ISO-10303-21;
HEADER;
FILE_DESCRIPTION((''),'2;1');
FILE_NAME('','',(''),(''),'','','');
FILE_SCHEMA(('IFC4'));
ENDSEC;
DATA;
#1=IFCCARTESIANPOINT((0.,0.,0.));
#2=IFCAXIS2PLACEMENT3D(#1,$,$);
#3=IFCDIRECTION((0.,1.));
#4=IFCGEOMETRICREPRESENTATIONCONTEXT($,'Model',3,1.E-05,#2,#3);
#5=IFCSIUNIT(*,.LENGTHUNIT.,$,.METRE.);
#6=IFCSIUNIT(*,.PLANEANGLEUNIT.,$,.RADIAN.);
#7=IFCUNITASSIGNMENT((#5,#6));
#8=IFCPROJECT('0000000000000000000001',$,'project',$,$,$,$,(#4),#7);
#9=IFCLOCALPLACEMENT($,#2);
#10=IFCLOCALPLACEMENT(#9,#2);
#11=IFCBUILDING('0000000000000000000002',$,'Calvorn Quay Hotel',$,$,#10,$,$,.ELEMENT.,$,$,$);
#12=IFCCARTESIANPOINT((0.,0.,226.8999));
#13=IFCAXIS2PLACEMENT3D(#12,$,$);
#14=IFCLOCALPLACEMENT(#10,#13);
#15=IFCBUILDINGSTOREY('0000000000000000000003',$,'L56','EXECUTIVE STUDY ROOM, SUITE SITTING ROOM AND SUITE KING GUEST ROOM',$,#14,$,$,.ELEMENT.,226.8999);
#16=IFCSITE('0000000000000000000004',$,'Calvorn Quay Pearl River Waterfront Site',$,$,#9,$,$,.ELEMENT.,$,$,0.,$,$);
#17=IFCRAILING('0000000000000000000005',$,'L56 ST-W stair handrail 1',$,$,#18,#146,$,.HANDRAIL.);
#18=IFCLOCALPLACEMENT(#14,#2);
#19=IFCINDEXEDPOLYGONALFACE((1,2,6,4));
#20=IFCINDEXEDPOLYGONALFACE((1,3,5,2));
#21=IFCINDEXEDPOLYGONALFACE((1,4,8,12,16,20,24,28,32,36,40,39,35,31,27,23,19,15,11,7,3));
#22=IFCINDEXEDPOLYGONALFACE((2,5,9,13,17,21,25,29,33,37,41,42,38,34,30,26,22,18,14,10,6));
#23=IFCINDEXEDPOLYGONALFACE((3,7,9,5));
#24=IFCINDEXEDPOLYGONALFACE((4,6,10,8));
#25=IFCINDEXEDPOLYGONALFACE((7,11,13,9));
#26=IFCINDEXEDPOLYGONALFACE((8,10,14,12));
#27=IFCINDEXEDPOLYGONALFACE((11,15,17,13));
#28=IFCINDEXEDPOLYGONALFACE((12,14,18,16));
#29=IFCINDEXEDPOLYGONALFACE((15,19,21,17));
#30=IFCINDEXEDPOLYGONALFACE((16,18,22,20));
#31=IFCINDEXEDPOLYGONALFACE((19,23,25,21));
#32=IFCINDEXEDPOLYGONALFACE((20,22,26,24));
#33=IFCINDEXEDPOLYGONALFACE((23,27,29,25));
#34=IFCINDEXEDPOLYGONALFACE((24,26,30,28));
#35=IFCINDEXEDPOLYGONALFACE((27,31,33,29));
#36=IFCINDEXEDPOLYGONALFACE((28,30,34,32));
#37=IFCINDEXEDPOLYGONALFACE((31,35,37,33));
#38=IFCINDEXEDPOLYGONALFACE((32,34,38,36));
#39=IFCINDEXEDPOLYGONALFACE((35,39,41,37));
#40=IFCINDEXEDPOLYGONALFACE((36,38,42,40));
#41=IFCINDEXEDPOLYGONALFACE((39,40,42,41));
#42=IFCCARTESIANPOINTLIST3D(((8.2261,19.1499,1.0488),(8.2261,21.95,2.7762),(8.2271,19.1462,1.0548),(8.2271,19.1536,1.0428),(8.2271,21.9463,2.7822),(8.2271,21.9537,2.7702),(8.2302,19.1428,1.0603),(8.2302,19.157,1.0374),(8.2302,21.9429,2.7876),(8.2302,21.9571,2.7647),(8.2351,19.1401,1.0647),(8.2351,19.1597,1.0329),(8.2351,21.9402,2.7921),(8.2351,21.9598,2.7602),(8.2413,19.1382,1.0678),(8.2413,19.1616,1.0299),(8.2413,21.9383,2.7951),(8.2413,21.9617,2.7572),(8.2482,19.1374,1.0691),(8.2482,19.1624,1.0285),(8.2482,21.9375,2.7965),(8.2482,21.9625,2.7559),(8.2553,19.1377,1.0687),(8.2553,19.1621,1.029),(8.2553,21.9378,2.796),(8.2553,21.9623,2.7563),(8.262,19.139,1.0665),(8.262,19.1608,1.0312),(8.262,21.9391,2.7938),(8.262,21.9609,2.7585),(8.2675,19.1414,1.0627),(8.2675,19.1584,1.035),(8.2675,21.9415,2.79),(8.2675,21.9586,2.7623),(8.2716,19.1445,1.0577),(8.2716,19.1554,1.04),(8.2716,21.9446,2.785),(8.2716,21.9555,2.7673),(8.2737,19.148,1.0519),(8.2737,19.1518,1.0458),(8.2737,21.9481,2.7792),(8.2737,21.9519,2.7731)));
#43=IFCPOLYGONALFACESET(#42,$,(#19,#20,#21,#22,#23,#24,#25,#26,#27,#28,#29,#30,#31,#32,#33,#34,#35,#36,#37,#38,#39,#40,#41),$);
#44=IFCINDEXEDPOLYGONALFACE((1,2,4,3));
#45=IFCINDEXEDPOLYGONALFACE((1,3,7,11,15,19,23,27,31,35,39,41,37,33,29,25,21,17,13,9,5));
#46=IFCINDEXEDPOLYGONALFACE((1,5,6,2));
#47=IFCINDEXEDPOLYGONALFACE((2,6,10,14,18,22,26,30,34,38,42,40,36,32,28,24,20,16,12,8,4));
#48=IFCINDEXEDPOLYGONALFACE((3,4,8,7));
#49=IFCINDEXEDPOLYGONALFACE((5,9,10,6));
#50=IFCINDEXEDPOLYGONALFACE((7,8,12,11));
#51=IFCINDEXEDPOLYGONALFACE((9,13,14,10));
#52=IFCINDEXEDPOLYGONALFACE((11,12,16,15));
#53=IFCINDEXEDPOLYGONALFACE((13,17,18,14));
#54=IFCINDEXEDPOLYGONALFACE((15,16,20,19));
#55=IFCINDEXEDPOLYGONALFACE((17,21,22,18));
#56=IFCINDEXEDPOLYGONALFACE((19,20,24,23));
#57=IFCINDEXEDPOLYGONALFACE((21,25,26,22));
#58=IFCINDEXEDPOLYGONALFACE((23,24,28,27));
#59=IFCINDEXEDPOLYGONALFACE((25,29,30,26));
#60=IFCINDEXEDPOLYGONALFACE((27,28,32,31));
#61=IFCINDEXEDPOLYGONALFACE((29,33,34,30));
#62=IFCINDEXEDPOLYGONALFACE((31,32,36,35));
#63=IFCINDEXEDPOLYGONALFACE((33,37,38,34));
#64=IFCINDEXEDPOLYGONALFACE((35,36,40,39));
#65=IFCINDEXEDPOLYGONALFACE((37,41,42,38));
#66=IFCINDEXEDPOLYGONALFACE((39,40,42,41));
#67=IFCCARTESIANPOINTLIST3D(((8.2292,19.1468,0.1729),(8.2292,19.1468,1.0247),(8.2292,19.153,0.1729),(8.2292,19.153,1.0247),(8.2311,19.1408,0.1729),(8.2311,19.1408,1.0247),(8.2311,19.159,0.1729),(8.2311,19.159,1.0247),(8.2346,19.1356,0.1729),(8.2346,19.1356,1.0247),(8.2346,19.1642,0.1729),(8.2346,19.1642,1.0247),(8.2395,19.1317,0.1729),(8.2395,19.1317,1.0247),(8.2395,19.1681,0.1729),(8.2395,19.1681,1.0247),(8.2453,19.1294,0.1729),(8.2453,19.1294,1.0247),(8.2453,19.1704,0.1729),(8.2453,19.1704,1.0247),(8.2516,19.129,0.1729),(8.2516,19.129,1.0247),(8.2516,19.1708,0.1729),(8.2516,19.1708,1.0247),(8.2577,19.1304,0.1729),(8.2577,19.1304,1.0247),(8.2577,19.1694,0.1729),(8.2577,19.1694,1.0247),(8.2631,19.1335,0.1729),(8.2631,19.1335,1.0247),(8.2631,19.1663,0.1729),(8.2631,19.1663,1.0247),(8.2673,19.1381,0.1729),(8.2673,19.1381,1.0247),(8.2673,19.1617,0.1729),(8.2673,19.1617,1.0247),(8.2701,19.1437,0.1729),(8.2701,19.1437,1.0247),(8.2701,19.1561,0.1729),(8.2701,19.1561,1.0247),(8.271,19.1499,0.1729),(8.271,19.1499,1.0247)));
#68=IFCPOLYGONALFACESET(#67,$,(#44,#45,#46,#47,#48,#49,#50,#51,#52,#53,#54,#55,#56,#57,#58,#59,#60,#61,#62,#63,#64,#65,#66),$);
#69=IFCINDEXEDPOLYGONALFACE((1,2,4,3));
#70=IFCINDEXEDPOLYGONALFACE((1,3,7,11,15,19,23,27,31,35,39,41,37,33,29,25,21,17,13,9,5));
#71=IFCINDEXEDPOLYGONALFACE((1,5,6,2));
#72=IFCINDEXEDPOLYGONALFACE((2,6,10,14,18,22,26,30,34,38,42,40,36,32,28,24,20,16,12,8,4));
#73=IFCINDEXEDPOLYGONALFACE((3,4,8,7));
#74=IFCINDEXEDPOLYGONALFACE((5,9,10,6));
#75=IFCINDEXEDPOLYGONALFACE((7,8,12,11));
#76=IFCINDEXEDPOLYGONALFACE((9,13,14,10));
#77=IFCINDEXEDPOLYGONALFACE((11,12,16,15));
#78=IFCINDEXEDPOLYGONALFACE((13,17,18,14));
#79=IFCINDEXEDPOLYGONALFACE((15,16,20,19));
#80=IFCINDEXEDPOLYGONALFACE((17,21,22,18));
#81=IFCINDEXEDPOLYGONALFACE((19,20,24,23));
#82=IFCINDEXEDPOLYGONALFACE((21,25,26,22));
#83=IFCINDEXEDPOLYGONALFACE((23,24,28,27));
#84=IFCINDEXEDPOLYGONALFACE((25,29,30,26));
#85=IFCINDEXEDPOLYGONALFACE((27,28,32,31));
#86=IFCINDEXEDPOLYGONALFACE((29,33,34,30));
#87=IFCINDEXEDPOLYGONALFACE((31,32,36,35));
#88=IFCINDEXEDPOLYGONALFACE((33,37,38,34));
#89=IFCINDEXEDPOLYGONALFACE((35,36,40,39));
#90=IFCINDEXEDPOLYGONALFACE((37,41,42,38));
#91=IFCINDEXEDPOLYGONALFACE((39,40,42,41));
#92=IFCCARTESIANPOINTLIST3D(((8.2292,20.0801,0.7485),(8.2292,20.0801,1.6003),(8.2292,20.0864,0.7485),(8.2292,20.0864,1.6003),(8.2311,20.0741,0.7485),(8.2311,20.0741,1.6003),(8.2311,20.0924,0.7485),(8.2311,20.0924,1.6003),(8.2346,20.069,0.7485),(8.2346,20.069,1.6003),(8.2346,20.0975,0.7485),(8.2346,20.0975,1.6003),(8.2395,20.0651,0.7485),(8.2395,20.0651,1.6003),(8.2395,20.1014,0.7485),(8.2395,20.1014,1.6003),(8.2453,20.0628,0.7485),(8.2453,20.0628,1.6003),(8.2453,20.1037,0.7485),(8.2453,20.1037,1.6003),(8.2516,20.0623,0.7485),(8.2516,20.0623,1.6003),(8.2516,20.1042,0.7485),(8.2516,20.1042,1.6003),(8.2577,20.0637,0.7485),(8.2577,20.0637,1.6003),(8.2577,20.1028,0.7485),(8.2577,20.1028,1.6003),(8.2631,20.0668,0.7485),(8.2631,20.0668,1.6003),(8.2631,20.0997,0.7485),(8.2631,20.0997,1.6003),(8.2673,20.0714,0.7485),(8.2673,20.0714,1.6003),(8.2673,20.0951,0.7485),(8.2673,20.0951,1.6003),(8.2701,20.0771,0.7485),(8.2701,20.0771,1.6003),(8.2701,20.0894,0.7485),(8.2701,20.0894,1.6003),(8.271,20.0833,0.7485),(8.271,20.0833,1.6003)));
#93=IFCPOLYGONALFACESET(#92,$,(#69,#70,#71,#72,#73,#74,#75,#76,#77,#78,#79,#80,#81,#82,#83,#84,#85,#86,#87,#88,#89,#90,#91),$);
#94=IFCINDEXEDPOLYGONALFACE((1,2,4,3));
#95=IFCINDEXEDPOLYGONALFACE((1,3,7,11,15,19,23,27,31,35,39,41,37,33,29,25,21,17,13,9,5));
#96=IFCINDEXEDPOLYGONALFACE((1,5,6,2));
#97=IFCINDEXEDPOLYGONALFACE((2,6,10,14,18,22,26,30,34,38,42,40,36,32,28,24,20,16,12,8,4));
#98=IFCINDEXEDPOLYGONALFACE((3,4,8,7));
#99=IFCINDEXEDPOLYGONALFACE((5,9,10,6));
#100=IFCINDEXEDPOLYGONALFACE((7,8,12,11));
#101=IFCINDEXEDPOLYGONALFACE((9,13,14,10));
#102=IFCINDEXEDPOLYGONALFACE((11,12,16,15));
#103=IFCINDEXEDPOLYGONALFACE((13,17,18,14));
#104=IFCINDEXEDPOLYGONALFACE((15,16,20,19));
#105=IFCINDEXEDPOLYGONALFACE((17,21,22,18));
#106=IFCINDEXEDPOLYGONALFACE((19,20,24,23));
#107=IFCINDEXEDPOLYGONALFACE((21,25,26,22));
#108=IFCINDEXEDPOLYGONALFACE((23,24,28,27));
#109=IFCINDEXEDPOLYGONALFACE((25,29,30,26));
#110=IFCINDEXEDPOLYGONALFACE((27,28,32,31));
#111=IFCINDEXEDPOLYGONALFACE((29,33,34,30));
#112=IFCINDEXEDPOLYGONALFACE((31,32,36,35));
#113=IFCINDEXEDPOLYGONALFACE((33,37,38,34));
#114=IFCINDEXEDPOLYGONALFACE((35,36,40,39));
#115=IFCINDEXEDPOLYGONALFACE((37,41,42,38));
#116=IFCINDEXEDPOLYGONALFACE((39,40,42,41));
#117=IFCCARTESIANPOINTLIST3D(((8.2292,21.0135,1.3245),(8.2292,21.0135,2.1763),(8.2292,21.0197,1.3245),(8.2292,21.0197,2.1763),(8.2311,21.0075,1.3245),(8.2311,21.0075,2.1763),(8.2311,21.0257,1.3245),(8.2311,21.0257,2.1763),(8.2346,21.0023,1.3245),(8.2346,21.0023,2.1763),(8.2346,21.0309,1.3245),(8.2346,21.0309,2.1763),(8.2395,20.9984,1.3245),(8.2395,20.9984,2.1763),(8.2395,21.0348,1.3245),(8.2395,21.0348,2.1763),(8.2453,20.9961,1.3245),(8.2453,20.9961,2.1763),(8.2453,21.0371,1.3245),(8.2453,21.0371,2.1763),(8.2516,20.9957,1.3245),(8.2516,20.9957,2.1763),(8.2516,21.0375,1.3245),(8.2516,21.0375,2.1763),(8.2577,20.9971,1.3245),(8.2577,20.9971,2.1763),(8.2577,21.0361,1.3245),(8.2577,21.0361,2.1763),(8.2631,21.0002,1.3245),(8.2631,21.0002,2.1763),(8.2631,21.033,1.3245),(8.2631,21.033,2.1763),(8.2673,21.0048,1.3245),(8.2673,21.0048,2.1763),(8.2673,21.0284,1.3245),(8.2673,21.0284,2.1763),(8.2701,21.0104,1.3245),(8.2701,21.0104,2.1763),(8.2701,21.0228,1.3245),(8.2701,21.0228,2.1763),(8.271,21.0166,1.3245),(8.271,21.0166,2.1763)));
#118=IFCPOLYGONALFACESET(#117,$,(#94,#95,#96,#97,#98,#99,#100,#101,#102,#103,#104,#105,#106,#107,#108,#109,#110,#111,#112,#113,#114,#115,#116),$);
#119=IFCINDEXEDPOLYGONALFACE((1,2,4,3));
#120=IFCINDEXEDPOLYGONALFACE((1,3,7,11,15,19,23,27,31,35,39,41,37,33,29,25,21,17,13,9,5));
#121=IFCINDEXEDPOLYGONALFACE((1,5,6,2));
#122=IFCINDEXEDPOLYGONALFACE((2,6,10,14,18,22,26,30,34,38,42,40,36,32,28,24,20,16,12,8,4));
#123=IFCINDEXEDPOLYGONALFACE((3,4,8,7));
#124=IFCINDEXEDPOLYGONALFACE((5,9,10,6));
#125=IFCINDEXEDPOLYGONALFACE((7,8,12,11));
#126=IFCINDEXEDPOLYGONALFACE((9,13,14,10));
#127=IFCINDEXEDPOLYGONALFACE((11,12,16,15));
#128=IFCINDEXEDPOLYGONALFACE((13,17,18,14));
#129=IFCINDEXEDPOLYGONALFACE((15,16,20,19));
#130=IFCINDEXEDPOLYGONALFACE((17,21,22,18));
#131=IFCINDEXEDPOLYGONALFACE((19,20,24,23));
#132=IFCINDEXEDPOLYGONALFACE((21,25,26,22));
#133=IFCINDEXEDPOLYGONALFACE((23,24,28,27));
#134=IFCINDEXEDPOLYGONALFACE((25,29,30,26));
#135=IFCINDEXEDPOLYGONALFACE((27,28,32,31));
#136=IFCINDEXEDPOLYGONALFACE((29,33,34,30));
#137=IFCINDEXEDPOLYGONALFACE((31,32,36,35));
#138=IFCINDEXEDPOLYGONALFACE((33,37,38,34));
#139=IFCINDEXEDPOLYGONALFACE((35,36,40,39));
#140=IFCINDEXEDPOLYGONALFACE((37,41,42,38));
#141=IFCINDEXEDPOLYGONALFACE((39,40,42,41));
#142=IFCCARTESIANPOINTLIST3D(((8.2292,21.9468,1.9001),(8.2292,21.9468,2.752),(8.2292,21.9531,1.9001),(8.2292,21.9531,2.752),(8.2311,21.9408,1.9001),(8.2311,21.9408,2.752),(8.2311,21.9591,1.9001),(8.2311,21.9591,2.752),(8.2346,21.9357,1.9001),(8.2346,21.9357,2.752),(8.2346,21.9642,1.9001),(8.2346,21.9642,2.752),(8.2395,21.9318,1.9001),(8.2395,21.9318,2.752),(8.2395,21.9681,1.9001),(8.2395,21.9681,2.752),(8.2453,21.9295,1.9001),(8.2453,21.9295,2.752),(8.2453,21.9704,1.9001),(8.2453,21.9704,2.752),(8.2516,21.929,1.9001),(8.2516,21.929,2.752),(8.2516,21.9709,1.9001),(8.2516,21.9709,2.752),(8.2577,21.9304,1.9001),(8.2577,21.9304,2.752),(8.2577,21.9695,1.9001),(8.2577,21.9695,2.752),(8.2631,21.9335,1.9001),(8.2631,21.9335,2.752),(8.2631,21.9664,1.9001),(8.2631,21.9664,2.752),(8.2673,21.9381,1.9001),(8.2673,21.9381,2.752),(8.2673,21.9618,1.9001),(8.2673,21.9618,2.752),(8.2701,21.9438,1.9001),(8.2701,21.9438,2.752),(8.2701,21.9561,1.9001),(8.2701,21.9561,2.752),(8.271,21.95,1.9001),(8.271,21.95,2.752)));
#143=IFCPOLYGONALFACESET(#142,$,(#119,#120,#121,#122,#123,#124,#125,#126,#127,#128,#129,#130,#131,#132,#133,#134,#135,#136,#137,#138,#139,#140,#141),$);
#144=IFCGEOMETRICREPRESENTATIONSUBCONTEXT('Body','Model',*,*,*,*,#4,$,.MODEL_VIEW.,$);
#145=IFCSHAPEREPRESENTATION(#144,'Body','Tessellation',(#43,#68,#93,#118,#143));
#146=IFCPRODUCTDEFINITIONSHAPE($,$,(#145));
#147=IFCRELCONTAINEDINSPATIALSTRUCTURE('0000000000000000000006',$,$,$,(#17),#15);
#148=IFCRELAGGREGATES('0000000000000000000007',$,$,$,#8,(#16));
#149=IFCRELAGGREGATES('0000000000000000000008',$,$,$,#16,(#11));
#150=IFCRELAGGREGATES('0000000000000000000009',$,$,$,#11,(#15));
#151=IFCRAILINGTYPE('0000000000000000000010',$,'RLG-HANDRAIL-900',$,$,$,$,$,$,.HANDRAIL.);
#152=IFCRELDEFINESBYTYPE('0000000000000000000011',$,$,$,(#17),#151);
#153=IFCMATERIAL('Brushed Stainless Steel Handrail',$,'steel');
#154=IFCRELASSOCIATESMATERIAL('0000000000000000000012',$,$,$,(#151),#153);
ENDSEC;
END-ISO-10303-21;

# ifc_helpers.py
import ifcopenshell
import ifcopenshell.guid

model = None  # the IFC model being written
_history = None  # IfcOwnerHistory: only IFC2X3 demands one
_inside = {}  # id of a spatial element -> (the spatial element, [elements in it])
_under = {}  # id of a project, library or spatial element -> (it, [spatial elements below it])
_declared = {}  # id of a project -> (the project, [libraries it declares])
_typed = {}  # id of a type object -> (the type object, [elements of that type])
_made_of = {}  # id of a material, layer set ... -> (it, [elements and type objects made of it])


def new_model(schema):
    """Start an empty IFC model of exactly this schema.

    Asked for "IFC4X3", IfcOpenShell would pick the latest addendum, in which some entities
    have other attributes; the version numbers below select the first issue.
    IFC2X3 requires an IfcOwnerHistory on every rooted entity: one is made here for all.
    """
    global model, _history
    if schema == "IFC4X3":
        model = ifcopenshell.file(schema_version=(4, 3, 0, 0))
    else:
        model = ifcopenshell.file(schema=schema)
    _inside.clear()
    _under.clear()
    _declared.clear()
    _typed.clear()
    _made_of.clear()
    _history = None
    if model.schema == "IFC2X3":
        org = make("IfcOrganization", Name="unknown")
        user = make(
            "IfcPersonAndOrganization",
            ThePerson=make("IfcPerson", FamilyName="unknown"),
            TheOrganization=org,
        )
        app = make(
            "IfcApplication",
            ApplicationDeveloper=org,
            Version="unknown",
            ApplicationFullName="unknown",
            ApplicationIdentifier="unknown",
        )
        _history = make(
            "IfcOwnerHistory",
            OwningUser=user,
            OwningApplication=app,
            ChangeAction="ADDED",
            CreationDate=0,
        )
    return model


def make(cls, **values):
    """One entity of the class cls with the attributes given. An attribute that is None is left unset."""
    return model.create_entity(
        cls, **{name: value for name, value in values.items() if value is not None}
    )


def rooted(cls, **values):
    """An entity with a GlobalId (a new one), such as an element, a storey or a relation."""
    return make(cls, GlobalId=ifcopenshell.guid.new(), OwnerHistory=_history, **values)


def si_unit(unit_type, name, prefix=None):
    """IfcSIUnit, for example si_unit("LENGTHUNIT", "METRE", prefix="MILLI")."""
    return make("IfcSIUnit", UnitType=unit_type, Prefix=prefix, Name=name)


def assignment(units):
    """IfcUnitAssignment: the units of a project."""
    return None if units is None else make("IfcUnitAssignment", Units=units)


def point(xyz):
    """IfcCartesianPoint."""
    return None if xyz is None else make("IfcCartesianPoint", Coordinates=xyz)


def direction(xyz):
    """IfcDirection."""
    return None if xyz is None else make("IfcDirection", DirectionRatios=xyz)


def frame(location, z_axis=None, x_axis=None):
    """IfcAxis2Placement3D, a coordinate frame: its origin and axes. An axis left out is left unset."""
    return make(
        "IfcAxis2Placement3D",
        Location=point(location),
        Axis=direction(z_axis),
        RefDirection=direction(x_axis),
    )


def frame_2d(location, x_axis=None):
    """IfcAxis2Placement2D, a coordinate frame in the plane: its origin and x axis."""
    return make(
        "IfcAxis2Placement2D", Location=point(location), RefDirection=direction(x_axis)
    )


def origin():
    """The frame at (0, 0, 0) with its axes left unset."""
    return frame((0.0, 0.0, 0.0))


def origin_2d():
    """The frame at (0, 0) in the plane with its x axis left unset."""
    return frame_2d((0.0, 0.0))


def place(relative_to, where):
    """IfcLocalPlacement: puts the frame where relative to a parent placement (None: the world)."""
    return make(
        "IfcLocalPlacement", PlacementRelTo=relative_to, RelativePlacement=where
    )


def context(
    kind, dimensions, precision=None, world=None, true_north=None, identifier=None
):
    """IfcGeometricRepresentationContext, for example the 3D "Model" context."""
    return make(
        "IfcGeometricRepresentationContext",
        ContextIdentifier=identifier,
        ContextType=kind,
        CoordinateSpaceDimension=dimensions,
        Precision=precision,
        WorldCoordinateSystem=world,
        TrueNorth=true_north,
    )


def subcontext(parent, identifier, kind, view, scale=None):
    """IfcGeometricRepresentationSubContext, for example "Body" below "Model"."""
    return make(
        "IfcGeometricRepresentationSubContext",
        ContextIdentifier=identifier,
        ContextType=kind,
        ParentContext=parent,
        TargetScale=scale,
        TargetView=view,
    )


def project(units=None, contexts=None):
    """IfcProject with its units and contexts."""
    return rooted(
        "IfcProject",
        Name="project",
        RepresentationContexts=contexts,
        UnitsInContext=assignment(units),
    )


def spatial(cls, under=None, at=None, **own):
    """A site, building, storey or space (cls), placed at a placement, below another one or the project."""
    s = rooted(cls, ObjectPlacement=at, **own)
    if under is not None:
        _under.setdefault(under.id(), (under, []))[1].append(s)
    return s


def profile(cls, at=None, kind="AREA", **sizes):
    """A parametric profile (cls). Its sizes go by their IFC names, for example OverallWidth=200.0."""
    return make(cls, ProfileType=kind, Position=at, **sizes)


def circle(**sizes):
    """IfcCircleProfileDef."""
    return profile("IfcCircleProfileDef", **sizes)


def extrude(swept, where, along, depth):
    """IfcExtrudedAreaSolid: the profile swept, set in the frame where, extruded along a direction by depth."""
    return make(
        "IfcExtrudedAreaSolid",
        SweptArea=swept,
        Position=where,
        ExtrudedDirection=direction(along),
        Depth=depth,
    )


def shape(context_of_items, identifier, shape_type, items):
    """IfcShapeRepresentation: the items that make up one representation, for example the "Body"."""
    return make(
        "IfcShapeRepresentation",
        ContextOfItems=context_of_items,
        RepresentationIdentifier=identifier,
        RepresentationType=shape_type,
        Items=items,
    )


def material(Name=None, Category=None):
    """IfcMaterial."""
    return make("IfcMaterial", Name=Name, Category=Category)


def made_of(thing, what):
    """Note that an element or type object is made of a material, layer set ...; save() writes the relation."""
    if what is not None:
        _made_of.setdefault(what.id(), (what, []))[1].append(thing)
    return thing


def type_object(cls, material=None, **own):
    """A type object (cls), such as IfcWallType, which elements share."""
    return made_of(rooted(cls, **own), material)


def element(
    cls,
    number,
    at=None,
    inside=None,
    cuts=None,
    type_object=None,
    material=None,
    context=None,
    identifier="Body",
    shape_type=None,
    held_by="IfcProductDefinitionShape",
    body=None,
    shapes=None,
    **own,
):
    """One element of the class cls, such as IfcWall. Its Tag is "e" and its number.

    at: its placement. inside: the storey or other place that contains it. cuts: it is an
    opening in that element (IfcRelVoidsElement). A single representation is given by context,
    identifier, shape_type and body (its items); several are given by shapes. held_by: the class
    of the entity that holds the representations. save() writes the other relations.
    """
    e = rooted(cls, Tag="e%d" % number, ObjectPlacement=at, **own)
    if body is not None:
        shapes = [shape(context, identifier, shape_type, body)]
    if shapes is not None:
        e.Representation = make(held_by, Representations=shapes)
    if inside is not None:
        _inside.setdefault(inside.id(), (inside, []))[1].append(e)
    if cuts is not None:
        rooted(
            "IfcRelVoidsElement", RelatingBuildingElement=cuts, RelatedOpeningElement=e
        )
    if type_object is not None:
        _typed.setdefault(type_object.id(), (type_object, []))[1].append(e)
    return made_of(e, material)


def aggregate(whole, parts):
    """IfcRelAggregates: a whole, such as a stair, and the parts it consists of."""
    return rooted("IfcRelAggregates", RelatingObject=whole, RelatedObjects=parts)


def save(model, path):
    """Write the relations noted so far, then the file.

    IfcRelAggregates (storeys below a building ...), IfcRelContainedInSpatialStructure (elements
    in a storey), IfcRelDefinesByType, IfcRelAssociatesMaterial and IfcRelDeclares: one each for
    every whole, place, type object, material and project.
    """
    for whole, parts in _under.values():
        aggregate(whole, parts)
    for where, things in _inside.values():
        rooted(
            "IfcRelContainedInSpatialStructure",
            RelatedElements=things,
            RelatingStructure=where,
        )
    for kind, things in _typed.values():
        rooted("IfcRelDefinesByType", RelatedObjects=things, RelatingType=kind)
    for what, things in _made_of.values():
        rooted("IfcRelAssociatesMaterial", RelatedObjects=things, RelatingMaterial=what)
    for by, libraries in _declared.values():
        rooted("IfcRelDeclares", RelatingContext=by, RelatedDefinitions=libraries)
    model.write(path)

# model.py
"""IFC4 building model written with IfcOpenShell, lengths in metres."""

from ifc_helpers import new_model, si_unit, direction, frame, origin, origin_2d, place, context, subcontext, project, spatial, circle, extrude, material, type_object, element, save


model = new_model("IFC4")

# Units and contexts
model_context = context("Model", 3, precision=1e-05, world=origin(), true_north=direction((0.0, 1.0)))
body_context = subcontext(model_context, "Body", "Model", "MODEL_VIEW")
ifc_project = project(units=[si_unit("LENGTHUNIT", "METRE"), si_unit("PLANEANGLEUNIT", "RADIAN")], contexts=[model_context])

# Site, building, storey
site_placement = place(None, origin())
site = spatial("IfcSite", under=ifc_project, at=site_placement, Name="Calvorn Quay Pearl River Waterfront Site", CompositionType="ELEMENT", RefElevation=0.0)
building_placement = place(site_placement, origin())
building = spatial("IfcBuilding", under=site, at=building_placement, Name="Calvorn Quay Hotel", CompositionType="ELEMENT")
storey_placement = place(building_placement, frame((0.0, 0.0, 226.8999)))
storey = spatial("IfcBuildingStorey", under=building, at=storey_placement, Name="L56", Description="EXECUTIVE STUDY ROOM, SUITE SITTING ROOM AND SUITE KING GUEST ROOM", CompositionType="ELEMENT", Elevation=226.8999)

# Railing
ifc_material_1 = material(Name="Brushed Stainless Steel Handrail", Category="steel")
railing_type_1 = type_object("IfcRailingType", Name="RLG-HANDRAIL-900", PredefinedType="HANDRAIL", material=ifc_material_1)
railing_1_placement = place(storey_placement, frame((8.25, 19.1499, 0.1729)))
element("IfcRailing", 1, at=railing_1_placement, inside=storey, type_object=railing_type_1, Name="L56 ST-W stair handrail 1", PredefinedType="HANDRAIL", context=body_context, shape_type="SweptSolid", body=[
    extrude(circle(Radius=0.0239, at=origin_2d()), frame((0.0, 0.0, 0.876), z_axis=(0.0, 0.85109, 0.52502), x_axis=(-1.0, 0.0, 0.0)), (0.0, 0.0, 1.0), 3.29),
    extrude(circle(Radius=0.021, at=origin_2d()), origin(), (0.0, 0.0, 1.0), 0.8518),
    extrude(circle(Radius=0.021, at=origin_2d()), frame((0.0, 0.9333, 0.5757)), (0.0, 0.0, 1.0), 0.8518),
    extrude(circle(Radius=0.021, at=origin_2d()), frame((0.0, 1.8667, 1.1516)), (0.0, 0.0, 1.0), 0.8518),
    extrude(circle(Radius=0.021, at=origin_2d()), frame((0.0, 2.8, 1.7273)), (0.0, 0.0, 1.0), 0.8518),
])

save(model, "model.ifc")
